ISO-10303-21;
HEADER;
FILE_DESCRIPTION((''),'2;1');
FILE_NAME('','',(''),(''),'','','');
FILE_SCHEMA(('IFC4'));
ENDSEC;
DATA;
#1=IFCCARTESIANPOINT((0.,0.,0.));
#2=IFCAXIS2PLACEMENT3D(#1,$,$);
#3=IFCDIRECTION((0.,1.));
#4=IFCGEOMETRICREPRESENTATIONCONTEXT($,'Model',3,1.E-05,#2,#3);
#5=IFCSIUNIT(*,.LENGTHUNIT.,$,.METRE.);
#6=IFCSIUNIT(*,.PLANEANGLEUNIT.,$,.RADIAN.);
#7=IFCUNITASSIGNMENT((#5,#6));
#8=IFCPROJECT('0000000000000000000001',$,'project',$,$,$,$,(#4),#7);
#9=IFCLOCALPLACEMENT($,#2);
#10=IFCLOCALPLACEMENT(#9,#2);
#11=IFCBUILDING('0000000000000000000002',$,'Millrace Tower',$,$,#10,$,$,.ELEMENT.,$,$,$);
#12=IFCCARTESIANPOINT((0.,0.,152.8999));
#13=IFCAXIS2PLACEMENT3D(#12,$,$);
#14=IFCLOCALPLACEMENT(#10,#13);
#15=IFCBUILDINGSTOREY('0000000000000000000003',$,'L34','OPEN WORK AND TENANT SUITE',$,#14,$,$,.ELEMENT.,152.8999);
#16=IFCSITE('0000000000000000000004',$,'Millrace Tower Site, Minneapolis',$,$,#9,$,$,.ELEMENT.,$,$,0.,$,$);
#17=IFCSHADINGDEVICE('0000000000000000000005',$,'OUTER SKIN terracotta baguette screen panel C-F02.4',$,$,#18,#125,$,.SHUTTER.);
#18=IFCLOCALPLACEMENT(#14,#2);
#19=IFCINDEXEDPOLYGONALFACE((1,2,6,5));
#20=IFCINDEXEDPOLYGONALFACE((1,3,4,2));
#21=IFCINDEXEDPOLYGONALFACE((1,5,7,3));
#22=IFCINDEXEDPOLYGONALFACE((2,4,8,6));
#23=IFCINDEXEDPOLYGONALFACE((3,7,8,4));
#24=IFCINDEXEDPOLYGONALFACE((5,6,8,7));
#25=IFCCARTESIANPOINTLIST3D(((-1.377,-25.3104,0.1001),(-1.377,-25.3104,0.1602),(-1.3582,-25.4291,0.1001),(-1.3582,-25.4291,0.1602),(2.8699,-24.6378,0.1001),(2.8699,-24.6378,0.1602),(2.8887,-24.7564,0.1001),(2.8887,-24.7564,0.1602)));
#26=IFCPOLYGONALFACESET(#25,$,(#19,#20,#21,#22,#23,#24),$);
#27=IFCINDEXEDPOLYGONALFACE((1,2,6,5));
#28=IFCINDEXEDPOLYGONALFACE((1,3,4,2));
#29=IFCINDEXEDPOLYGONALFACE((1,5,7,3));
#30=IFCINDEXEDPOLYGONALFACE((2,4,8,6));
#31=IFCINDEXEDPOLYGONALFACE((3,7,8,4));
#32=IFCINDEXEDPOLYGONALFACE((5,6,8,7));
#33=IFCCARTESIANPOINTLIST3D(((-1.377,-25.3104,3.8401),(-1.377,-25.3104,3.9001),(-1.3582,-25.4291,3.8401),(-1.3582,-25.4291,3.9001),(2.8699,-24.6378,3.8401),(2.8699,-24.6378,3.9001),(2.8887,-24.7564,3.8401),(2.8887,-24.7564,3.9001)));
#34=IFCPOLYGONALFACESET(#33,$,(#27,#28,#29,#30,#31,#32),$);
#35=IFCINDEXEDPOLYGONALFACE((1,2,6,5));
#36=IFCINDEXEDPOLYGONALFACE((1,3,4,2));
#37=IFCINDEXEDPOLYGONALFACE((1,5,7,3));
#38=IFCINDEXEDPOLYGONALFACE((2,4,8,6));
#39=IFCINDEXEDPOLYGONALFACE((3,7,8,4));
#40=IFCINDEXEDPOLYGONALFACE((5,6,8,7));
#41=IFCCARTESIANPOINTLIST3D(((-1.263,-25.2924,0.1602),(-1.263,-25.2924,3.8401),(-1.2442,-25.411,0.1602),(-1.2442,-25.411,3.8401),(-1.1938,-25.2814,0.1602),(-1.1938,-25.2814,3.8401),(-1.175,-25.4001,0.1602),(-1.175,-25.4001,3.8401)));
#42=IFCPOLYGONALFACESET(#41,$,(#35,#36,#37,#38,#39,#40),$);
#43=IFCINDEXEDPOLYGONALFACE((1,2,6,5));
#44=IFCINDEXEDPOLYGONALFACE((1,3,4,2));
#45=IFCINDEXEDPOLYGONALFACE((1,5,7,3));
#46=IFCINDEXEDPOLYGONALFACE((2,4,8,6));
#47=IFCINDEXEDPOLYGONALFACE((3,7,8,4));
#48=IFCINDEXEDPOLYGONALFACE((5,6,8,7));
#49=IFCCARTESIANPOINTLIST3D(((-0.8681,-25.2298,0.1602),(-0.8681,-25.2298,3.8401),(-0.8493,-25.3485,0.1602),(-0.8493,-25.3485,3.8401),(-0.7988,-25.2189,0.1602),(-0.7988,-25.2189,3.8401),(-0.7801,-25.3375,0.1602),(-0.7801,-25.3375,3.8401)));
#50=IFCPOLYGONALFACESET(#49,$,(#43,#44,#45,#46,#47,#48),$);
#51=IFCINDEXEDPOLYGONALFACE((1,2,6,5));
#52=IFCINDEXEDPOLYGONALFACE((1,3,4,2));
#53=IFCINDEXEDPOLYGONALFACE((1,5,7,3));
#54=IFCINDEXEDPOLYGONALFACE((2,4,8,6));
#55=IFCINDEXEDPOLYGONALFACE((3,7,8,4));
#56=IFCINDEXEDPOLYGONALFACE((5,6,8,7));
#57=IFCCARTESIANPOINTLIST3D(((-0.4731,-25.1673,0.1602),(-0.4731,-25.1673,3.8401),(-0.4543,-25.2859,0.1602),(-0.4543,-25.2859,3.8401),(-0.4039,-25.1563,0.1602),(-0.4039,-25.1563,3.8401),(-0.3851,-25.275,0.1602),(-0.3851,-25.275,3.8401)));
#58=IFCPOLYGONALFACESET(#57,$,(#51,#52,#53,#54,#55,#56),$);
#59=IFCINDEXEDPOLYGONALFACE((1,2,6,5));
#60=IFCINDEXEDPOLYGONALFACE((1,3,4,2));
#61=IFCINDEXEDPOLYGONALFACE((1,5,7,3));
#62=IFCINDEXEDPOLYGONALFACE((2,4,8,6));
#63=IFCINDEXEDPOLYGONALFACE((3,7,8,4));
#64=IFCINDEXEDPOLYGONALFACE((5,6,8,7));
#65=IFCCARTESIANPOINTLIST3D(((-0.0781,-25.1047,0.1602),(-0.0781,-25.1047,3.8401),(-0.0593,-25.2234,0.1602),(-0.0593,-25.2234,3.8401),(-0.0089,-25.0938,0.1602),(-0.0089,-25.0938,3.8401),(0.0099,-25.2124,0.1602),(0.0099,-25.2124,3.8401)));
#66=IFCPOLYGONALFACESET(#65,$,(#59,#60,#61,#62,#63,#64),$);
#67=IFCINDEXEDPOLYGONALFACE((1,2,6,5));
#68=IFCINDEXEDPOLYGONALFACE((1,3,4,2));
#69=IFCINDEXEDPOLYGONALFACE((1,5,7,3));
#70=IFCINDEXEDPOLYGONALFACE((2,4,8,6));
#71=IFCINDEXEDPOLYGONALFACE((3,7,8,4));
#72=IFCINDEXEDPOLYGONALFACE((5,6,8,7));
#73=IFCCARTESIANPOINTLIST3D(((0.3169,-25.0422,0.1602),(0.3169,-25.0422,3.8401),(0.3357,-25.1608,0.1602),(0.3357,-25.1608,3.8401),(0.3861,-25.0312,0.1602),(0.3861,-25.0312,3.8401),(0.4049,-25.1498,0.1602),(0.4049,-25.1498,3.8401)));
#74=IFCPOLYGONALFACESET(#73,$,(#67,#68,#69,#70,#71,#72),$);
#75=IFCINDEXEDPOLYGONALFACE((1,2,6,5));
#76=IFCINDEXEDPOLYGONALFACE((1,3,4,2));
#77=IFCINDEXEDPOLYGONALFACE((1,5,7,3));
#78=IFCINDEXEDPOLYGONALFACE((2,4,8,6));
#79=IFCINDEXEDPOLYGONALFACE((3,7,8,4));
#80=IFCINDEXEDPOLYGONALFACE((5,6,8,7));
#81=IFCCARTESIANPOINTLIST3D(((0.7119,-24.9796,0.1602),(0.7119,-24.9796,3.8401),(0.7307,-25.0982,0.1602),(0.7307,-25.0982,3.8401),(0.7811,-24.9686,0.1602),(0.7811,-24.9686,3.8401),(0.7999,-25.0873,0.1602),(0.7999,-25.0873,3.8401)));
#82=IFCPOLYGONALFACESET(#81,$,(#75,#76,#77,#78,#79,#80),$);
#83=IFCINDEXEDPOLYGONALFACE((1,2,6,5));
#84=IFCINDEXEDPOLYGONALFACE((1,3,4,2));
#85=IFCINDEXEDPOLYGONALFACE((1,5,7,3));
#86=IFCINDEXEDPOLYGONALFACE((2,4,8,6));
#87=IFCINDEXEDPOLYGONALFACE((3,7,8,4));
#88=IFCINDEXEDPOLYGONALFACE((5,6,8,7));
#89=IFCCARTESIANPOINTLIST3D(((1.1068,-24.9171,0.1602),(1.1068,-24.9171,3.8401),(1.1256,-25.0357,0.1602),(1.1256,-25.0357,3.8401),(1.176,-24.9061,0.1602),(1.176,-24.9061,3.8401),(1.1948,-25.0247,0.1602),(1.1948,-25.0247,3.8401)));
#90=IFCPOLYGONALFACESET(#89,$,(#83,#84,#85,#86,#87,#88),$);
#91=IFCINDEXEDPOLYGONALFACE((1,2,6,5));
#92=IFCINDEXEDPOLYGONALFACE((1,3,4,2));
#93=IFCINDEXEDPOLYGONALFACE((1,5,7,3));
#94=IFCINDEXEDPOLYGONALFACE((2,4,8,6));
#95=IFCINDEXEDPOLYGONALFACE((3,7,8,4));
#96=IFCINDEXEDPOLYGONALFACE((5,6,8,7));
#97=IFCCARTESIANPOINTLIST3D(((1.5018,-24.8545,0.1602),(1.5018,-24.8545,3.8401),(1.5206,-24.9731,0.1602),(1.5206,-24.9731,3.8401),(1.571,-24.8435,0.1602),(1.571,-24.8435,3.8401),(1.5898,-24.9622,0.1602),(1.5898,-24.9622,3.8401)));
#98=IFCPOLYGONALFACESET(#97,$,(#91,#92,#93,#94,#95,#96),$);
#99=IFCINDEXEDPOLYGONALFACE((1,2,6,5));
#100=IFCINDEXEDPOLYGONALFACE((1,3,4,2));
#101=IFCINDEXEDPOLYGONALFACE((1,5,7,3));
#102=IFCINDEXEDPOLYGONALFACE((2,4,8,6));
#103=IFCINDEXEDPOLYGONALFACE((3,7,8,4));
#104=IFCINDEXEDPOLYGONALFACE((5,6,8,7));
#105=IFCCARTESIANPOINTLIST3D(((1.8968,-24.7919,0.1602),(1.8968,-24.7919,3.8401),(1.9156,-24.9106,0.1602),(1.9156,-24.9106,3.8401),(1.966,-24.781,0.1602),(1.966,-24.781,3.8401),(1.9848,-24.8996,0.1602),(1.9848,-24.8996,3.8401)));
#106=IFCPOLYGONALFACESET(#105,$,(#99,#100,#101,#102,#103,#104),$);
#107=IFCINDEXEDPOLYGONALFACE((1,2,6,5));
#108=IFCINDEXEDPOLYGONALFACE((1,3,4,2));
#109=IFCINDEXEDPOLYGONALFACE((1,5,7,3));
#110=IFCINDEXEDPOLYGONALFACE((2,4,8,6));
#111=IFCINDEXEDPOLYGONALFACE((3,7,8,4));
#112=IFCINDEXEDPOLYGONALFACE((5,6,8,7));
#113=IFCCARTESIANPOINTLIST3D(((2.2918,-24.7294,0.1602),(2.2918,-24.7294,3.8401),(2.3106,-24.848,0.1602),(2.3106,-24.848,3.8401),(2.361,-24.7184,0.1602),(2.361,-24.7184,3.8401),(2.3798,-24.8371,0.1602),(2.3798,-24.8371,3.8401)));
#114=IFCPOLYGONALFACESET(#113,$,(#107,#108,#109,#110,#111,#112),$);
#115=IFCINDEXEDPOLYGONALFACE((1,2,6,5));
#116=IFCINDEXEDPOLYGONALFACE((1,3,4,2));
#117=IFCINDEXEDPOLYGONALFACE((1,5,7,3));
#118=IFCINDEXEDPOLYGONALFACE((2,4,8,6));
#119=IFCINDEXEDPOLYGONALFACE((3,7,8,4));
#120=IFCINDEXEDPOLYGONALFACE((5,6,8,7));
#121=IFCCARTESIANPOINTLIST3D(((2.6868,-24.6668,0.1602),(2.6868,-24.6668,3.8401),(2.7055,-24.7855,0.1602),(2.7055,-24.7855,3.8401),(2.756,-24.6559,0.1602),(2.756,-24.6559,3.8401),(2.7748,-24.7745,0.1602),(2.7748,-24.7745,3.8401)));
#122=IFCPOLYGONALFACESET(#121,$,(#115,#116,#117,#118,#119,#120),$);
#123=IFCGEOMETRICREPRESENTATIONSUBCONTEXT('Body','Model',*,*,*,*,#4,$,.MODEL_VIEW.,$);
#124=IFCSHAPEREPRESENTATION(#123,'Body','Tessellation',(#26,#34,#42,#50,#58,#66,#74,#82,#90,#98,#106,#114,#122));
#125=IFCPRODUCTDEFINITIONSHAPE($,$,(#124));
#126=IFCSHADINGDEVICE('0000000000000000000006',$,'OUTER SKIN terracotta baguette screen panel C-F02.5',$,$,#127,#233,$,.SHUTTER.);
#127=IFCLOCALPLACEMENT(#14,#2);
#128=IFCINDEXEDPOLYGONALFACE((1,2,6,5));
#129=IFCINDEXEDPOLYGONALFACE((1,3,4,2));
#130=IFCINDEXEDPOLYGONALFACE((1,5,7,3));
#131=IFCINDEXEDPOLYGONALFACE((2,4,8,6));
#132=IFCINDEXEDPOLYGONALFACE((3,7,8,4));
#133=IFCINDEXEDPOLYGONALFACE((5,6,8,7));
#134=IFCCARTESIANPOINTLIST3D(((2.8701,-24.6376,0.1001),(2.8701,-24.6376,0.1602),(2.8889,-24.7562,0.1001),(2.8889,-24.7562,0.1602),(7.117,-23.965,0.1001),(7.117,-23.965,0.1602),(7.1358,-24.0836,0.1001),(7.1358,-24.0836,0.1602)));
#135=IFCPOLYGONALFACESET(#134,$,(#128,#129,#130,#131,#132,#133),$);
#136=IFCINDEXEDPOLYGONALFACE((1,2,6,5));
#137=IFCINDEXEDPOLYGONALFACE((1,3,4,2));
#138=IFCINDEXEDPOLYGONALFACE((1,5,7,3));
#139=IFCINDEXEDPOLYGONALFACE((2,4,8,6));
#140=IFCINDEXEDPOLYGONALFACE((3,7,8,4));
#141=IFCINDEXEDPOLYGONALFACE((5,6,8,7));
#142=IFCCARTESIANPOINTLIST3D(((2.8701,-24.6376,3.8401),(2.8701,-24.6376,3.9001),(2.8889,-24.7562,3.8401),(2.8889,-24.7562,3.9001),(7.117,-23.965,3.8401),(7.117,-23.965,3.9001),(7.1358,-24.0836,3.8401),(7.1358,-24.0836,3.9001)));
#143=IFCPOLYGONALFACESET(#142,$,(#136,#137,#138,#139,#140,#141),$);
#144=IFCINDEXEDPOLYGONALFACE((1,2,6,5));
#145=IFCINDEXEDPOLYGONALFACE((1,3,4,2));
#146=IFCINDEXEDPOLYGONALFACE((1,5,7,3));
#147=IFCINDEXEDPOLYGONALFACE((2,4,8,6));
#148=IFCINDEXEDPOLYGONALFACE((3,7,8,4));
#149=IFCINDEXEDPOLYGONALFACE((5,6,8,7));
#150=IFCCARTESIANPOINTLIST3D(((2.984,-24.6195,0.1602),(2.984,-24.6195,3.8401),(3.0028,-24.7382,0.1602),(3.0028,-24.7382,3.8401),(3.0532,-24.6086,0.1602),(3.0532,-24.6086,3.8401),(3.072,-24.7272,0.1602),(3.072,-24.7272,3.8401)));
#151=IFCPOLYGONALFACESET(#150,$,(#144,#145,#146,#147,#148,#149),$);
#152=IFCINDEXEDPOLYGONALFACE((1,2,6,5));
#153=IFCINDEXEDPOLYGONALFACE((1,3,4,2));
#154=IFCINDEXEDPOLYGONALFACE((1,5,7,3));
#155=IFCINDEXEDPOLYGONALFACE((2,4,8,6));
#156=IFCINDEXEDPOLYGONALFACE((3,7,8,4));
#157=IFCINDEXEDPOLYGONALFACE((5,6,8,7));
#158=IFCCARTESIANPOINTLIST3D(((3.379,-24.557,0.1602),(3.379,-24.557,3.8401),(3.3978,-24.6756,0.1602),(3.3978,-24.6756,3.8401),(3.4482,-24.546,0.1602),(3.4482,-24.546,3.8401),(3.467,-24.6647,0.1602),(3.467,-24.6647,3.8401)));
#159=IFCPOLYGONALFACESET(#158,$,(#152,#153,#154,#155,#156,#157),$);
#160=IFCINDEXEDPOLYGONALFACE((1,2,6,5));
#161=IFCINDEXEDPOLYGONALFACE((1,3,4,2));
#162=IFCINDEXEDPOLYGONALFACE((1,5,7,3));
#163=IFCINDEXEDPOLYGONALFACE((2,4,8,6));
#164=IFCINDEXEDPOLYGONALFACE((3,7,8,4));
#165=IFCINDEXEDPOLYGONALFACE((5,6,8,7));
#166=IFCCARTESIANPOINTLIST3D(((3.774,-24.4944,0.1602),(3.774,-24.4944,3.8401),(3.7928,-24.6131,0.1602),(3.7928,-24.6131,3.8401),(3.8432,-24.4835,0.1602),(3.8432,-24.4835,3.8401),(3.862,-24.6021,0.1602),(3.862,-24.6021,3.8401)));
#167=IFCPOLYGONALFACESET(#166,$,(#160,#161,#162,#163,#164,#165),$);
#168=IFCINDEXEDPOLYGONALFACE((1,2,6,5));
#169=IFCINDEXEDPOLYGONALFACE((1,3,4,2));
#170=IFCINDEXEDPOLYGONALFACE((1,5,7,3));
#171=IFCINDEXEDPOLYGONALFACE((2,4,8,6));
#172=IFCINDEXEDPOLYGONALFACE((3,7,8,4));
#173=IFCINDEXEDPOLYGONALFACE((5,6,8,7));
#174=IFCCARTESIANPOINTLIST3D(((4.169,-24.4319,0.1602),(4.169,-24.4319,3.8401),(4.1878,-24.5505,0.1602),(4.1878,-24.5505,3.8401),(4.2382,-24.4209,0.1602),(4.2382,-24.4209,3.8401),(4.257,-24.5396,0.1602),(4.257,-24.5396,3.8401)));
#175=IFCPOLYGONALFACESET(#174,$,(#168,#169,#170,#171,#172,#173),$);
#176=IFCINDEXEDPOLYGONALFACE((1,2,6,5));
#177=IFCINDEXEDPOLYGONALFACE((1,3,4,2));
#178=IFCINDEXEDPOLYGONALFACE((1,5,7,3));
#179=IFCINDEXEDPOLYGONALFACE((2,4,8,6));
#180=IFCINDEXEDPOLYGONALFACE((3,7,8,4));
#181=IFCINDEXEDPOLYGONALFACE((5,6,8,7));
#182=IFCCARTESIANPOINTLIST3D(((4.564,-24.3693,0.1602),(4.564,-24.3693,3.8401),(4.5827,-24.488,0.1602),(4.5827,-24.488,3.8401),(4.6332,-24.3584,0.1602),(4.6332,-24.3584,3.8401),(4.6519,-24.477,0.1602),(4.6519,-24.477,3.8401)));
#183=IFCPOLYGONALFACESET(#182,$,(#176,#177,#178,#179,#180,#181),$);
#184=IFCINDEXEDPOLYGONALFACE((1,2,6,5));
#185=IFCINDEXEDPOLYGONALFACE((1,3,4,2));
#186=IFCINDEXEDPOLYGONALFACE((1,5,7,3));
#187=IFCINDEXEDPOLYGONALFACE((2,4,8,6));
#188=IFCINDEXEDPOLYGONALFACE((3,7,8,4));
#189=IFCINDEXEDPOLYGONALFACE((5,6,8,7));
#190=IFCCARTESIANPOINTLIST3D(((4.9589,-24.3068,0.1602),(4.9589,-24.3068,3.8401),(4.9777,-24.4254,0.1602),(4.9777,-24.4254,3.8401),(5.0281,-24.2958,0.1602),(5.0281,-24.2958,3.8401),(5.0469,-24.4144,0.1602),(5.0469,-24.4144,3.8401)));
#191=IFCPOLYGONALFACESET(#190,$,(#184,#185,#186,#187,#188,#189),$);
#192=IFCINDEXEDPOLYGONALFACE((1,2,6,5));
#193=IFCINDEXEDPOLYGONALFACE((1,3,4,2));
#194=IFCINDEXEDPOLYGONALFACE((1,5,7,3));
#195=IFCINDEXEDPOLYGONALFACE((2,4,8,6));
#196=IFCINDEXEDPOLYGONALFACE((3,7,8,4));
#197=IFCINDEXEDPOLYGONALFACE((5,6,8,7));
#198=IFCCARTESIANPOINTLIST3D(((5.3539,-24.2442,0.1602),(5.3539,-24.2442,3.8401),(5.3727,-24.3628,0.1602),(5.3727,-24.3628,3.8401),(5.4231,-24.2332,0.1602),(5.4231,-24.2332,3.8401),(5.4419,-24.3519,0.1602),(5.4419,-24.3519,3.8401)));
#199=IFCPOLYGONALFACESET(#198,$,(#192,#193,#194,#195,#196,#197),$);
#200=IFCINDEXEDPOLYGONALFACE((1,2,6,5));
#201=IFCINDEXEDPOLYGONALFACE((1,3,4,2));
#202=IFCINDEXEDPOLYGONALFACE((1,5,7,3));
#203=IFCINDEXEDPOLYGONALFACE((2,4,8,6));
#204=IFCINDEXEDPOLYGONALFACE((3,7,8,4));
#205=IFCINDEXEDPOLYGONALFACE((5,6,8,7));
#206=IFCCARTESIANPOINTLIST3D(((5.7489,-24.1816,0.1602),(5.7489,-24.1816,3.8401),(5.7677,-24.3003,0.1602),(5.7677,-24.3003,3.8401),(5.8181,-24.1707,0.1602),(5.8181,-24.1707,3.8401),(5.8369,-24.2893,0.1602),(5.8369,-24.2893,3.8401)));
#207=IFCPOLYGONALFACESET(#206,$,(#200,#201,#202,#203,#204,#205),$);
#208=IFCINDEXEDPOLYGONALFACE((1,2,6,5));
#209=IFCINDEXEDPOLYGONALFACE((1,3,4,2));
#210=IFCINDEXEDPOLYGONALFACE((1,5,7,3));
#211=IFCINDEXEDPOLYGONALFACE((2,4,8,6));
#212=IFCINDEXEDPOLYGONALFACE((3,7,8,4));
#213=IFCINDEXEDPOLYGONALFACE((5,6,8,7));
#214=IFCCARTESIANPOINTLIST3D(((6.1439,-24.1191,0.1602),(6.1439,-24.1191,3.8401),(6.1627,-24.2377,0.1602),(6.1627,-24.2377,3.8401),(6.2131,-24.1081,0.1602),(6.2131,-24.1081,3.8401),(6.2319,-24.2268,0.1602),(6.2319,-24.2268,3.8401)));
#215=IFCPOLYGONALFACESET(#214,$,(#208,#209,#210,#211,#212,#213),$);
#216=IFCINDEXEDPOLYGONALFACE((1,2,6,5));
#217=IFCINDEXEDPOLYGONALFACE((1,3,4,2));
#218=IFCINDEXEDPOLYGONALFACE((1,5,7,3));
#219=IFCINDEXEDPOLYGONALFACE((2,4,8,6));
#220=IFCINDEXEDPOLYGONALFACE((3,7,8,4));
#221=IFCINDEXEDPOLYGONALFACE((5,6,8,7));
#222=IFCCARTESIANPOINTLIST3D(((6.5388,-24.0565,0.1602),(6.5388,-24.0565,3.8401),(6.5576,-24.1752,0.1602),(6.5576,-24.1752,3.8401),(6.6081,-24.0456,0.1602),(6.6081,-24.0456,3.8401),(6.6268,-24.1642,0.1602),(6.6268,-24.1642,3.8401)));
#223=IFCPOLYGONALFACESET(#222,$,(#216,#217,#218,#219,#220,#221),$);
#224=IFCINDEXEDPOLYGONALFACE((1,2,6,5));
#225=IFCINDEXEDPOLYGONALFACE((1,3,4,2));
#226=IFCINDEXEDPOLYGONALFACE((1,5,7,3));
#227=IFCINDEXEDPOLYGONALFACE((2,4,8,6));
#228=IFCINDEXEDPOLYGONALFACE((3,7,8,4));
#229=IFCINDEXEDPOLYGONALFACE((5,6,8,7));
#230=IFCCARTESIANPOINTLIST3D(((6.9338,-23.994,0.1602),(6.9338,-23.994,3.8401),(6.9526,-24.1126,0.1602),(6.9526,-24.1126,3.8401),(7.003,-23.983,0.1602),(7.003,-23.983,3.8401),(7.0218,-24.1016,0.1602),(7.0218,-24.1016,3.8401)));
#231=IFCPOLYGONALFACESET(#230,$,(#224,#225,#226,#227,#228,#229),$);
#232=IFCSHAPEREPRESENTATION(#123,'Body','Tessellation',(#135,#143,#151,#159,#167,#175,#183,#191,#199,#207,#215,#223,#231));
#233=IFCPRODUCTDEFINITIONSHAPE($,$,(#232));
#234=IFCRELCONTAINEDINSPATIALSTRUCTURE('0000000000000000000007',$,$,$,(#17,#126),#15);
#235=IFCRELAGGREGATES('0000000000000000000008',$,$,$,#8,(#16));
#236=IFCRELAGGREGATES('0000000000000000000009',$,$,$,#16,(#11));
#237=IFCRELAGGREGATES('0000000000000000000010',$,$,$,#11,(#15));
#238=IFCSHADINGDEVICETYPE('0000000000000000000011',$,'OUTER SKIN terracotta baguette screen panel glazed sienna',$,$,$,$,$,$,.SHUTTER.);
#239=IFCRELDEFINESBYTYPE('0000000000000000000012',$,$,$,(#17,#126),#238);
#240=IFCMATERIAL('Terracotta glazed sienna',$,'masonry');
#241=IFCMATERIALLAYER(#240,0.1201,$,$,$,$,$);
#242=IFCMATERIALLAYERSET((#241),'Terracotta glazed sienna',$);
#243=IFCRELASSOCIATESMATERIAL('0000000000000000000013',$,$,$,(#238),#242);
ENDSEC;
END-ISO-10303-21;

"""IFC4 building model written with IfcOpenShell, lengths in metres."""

from ifc_helpers import new_model, entity, si_unit, direction, frame, frame_2d, origin, origin_2d, place, context, subcontext, project, spatial, rectangle, extrude, source, transform, mapped, material, layer, layer_set, type_object, element, save


model = new_model("IFC4")

# Units and contexts
model_context = context("Model", 3, precision=1e-05, world=origin(), true_north=direction((0.0, 1.0)))
body_context = subcontext(model_context, "Body", "Model", "MODEL_VIEW")
ifc_project = project(units=[si_unit("LENGTHUNIT", "METRE"), si_unit("PLANEANGLEUNIT", "RADIAN")], contexts=[model_context])

# Site, building, storey
site_placement = place(None, origin())
site = spatial("IfcSite", under=ifc_project, at=site_placement, Name="Millrace Tower Site, Minneapolis", CompositionType="ELEMENT", RefElevation=0.0)
building_placement = place(site_placement, origin())
building = spatial("IfcBuilding", under=site, at=building_placement, Name="Millrace Tower", CompositionType="ELEMENT")
storey_placement = place(building_placement, frame((0.0, 0.0, 152.8999)))
storey = spatial("IfcBuildingStorey", under=building, at=storey_placement, Name="L34", Description="OPEN WORK AND TENANT SUITE", CompositionType="ELEMENT", Elevation=152.8999)

# Shading devices
ifc_material_1 = material(Name="Terracotta glazed sienna", Category="masonry")
ifc_layer_1 = layer(ifc_material_1, 0.1201)
ifc_layer_set_1 = layer_set([ifc_layer_1], Name="Terracotta glazed sienna")
shading_device_type = type_object("IfcShadingDeviceType", Name="OUTER SKIN terracotta baguette screen panel glazed sienna", PredefinedType="SHUTTER", material=ifc_layer_set_1)
cartesian_point = entity("IfcCartesianPoint", [-2.1499, 0.0601])
shared_polyline = entity("IfcPolyline", [cartesian_point, entity("IfcCartesianPoint", [2.1499, 0.0601]), entity("IfcCartesianPoint", [2.1499, -0.0601]), entity("IfcCartesianPoint", [-2.1499, -0.0601]), cartesian_point])
shared_shape = source(origin(), body_context, "Body", "SweptSolid", [
    entity("IfcExtrudedAreaSolid", entity("IfcArbitraryClosedProfileDef", "AREA", None, shared_polyline), entity("IfcAxis2Placement3D", entity("IfcCartesianPoint", [0.0, 0.0, 0.0])), entity("IfcDirection", [0.0, 0.0, 1.0]), 0.0601),
    entity("IfcExtrudedAreaSolid", entity("IfcArbitraryClosedProfileDef", "AREA", None, shared_polyline), entity("IfcAxis2Placement3D", entity("IfcCartesianPoint", [0.0, 0.0, 3.74])), entity("IfcDirection", [0.0, 0.0, 1.0]), 0.0601),
    extrude(rectangle(XDim=0.0701, YDim=0.1201, at=frame_2d((-1.9995, 0.0))), frame((0.0, 0.0, 0.0601)), (0.0, 0.0, 1.0), 3.6799),
    extrude(rectangle(XDim=0.0701, YDim=0.1201, at=frame_2d((-1.5996, 0.0))), frame((0.0, 0.0, 0.0601)), (0.0, 0.0, 1.0), 3.6799),
    extrude(rectangle(XDim=0.0701, YDim=0.1201, at=frame_2d((-1.1997, 0.0))), frame((0.0, 0.0, 0.0601)), (0.0, 0.0, 1.0), 3.6799),
    extrude(rectangle(XDim=0.0701, YDim=0.1201, at=frame_2d((-0.7998, 0.0))), frame((0.0, 0.0, 0.0601)), (0.0, 0.0, 1.0), 3.6799),
    extrude(rectangle(XDim=0.0701, YDim=0.1201, at=frame_2d((-0.3999, 0.0))), frame((0.0, 0.0, 0.0601)), (0.0, 0.0, 1.0), 3.6799),
    extrude(rectangle(XDim=0.0701, YDim=0.1201, at=origin_2d()), frame((0.0, 0.0, 0.0601)), (0.0, 0.0, 1.0), 3.6799),
    extrude(rectangle(XDim=0.0701, YDim=0.1201, at=frame_2d((0.3999, 0.0))), frame((0.0, 0.0, 0.0601)), (0.0, 0.0, 1.0), 3.6799),
    extrude(rectangle(XDim=0.0701, YDim=0.1201, at=frame_2d((0.7998, 0.0))), frame((0.0, 0.0, 0.0601)), (0.0, 0.0, 1.0), 3.6799),
    extrude(rectangle(XDim=0.0701, YDim=0.1201, at=frame_2d((1.1997, 0.0))), frame((0.0, 0.0, 0.0601)), (0.0, 0.0, 1.0), 3.6799),
    extrude(rectangle(XDim=0.0701, YDim=0.1201, at=frame_2d((1.5996, 0.0))), frame((0.0, 0.0, 0.0601)), (0.0, 0.0, 1.0), 3.6799),
    extrude(rectangle(XDim=0.0701, YDim=0.1201, at=frame_2d((1.9995, 0.0))), frame((0.0, 0.0, 0.0601)), (0.0, 0.0, 1.0), 3.6799),
])
for number, where, z_axis, x_axis, name in (
    (1, (0.7559, -25.0334, 0.1001), (0.0, 0.0, 1.0), (0.987688, 0.156434, 0.0), "OUTER SKIN terracotta baguette screen panel C-F02.4"),
    (2, (5.0029, -24.3606, 0.1001), (0.0, 0.0, 1.0), (0.987688, 0.156434, 0.0), "OUTER SKIN terracotta baguette screen panel C-F02.5"),
):
    element("IfcShadingDevice", number, at=place(storey_placement, frame(where, z_axis=z_axis, x_axis=x_axis)), inside=storey, type_object=shading_device_type, Name=name, PredefinedType="SHUTTER", context=body_context, shape_type="MappedRepresentation", body=[
        mapped(shared_shape, transform((0.0, 0.0, 0.0), scale=1.0)),
    ])

save(model, "model.ifc")
